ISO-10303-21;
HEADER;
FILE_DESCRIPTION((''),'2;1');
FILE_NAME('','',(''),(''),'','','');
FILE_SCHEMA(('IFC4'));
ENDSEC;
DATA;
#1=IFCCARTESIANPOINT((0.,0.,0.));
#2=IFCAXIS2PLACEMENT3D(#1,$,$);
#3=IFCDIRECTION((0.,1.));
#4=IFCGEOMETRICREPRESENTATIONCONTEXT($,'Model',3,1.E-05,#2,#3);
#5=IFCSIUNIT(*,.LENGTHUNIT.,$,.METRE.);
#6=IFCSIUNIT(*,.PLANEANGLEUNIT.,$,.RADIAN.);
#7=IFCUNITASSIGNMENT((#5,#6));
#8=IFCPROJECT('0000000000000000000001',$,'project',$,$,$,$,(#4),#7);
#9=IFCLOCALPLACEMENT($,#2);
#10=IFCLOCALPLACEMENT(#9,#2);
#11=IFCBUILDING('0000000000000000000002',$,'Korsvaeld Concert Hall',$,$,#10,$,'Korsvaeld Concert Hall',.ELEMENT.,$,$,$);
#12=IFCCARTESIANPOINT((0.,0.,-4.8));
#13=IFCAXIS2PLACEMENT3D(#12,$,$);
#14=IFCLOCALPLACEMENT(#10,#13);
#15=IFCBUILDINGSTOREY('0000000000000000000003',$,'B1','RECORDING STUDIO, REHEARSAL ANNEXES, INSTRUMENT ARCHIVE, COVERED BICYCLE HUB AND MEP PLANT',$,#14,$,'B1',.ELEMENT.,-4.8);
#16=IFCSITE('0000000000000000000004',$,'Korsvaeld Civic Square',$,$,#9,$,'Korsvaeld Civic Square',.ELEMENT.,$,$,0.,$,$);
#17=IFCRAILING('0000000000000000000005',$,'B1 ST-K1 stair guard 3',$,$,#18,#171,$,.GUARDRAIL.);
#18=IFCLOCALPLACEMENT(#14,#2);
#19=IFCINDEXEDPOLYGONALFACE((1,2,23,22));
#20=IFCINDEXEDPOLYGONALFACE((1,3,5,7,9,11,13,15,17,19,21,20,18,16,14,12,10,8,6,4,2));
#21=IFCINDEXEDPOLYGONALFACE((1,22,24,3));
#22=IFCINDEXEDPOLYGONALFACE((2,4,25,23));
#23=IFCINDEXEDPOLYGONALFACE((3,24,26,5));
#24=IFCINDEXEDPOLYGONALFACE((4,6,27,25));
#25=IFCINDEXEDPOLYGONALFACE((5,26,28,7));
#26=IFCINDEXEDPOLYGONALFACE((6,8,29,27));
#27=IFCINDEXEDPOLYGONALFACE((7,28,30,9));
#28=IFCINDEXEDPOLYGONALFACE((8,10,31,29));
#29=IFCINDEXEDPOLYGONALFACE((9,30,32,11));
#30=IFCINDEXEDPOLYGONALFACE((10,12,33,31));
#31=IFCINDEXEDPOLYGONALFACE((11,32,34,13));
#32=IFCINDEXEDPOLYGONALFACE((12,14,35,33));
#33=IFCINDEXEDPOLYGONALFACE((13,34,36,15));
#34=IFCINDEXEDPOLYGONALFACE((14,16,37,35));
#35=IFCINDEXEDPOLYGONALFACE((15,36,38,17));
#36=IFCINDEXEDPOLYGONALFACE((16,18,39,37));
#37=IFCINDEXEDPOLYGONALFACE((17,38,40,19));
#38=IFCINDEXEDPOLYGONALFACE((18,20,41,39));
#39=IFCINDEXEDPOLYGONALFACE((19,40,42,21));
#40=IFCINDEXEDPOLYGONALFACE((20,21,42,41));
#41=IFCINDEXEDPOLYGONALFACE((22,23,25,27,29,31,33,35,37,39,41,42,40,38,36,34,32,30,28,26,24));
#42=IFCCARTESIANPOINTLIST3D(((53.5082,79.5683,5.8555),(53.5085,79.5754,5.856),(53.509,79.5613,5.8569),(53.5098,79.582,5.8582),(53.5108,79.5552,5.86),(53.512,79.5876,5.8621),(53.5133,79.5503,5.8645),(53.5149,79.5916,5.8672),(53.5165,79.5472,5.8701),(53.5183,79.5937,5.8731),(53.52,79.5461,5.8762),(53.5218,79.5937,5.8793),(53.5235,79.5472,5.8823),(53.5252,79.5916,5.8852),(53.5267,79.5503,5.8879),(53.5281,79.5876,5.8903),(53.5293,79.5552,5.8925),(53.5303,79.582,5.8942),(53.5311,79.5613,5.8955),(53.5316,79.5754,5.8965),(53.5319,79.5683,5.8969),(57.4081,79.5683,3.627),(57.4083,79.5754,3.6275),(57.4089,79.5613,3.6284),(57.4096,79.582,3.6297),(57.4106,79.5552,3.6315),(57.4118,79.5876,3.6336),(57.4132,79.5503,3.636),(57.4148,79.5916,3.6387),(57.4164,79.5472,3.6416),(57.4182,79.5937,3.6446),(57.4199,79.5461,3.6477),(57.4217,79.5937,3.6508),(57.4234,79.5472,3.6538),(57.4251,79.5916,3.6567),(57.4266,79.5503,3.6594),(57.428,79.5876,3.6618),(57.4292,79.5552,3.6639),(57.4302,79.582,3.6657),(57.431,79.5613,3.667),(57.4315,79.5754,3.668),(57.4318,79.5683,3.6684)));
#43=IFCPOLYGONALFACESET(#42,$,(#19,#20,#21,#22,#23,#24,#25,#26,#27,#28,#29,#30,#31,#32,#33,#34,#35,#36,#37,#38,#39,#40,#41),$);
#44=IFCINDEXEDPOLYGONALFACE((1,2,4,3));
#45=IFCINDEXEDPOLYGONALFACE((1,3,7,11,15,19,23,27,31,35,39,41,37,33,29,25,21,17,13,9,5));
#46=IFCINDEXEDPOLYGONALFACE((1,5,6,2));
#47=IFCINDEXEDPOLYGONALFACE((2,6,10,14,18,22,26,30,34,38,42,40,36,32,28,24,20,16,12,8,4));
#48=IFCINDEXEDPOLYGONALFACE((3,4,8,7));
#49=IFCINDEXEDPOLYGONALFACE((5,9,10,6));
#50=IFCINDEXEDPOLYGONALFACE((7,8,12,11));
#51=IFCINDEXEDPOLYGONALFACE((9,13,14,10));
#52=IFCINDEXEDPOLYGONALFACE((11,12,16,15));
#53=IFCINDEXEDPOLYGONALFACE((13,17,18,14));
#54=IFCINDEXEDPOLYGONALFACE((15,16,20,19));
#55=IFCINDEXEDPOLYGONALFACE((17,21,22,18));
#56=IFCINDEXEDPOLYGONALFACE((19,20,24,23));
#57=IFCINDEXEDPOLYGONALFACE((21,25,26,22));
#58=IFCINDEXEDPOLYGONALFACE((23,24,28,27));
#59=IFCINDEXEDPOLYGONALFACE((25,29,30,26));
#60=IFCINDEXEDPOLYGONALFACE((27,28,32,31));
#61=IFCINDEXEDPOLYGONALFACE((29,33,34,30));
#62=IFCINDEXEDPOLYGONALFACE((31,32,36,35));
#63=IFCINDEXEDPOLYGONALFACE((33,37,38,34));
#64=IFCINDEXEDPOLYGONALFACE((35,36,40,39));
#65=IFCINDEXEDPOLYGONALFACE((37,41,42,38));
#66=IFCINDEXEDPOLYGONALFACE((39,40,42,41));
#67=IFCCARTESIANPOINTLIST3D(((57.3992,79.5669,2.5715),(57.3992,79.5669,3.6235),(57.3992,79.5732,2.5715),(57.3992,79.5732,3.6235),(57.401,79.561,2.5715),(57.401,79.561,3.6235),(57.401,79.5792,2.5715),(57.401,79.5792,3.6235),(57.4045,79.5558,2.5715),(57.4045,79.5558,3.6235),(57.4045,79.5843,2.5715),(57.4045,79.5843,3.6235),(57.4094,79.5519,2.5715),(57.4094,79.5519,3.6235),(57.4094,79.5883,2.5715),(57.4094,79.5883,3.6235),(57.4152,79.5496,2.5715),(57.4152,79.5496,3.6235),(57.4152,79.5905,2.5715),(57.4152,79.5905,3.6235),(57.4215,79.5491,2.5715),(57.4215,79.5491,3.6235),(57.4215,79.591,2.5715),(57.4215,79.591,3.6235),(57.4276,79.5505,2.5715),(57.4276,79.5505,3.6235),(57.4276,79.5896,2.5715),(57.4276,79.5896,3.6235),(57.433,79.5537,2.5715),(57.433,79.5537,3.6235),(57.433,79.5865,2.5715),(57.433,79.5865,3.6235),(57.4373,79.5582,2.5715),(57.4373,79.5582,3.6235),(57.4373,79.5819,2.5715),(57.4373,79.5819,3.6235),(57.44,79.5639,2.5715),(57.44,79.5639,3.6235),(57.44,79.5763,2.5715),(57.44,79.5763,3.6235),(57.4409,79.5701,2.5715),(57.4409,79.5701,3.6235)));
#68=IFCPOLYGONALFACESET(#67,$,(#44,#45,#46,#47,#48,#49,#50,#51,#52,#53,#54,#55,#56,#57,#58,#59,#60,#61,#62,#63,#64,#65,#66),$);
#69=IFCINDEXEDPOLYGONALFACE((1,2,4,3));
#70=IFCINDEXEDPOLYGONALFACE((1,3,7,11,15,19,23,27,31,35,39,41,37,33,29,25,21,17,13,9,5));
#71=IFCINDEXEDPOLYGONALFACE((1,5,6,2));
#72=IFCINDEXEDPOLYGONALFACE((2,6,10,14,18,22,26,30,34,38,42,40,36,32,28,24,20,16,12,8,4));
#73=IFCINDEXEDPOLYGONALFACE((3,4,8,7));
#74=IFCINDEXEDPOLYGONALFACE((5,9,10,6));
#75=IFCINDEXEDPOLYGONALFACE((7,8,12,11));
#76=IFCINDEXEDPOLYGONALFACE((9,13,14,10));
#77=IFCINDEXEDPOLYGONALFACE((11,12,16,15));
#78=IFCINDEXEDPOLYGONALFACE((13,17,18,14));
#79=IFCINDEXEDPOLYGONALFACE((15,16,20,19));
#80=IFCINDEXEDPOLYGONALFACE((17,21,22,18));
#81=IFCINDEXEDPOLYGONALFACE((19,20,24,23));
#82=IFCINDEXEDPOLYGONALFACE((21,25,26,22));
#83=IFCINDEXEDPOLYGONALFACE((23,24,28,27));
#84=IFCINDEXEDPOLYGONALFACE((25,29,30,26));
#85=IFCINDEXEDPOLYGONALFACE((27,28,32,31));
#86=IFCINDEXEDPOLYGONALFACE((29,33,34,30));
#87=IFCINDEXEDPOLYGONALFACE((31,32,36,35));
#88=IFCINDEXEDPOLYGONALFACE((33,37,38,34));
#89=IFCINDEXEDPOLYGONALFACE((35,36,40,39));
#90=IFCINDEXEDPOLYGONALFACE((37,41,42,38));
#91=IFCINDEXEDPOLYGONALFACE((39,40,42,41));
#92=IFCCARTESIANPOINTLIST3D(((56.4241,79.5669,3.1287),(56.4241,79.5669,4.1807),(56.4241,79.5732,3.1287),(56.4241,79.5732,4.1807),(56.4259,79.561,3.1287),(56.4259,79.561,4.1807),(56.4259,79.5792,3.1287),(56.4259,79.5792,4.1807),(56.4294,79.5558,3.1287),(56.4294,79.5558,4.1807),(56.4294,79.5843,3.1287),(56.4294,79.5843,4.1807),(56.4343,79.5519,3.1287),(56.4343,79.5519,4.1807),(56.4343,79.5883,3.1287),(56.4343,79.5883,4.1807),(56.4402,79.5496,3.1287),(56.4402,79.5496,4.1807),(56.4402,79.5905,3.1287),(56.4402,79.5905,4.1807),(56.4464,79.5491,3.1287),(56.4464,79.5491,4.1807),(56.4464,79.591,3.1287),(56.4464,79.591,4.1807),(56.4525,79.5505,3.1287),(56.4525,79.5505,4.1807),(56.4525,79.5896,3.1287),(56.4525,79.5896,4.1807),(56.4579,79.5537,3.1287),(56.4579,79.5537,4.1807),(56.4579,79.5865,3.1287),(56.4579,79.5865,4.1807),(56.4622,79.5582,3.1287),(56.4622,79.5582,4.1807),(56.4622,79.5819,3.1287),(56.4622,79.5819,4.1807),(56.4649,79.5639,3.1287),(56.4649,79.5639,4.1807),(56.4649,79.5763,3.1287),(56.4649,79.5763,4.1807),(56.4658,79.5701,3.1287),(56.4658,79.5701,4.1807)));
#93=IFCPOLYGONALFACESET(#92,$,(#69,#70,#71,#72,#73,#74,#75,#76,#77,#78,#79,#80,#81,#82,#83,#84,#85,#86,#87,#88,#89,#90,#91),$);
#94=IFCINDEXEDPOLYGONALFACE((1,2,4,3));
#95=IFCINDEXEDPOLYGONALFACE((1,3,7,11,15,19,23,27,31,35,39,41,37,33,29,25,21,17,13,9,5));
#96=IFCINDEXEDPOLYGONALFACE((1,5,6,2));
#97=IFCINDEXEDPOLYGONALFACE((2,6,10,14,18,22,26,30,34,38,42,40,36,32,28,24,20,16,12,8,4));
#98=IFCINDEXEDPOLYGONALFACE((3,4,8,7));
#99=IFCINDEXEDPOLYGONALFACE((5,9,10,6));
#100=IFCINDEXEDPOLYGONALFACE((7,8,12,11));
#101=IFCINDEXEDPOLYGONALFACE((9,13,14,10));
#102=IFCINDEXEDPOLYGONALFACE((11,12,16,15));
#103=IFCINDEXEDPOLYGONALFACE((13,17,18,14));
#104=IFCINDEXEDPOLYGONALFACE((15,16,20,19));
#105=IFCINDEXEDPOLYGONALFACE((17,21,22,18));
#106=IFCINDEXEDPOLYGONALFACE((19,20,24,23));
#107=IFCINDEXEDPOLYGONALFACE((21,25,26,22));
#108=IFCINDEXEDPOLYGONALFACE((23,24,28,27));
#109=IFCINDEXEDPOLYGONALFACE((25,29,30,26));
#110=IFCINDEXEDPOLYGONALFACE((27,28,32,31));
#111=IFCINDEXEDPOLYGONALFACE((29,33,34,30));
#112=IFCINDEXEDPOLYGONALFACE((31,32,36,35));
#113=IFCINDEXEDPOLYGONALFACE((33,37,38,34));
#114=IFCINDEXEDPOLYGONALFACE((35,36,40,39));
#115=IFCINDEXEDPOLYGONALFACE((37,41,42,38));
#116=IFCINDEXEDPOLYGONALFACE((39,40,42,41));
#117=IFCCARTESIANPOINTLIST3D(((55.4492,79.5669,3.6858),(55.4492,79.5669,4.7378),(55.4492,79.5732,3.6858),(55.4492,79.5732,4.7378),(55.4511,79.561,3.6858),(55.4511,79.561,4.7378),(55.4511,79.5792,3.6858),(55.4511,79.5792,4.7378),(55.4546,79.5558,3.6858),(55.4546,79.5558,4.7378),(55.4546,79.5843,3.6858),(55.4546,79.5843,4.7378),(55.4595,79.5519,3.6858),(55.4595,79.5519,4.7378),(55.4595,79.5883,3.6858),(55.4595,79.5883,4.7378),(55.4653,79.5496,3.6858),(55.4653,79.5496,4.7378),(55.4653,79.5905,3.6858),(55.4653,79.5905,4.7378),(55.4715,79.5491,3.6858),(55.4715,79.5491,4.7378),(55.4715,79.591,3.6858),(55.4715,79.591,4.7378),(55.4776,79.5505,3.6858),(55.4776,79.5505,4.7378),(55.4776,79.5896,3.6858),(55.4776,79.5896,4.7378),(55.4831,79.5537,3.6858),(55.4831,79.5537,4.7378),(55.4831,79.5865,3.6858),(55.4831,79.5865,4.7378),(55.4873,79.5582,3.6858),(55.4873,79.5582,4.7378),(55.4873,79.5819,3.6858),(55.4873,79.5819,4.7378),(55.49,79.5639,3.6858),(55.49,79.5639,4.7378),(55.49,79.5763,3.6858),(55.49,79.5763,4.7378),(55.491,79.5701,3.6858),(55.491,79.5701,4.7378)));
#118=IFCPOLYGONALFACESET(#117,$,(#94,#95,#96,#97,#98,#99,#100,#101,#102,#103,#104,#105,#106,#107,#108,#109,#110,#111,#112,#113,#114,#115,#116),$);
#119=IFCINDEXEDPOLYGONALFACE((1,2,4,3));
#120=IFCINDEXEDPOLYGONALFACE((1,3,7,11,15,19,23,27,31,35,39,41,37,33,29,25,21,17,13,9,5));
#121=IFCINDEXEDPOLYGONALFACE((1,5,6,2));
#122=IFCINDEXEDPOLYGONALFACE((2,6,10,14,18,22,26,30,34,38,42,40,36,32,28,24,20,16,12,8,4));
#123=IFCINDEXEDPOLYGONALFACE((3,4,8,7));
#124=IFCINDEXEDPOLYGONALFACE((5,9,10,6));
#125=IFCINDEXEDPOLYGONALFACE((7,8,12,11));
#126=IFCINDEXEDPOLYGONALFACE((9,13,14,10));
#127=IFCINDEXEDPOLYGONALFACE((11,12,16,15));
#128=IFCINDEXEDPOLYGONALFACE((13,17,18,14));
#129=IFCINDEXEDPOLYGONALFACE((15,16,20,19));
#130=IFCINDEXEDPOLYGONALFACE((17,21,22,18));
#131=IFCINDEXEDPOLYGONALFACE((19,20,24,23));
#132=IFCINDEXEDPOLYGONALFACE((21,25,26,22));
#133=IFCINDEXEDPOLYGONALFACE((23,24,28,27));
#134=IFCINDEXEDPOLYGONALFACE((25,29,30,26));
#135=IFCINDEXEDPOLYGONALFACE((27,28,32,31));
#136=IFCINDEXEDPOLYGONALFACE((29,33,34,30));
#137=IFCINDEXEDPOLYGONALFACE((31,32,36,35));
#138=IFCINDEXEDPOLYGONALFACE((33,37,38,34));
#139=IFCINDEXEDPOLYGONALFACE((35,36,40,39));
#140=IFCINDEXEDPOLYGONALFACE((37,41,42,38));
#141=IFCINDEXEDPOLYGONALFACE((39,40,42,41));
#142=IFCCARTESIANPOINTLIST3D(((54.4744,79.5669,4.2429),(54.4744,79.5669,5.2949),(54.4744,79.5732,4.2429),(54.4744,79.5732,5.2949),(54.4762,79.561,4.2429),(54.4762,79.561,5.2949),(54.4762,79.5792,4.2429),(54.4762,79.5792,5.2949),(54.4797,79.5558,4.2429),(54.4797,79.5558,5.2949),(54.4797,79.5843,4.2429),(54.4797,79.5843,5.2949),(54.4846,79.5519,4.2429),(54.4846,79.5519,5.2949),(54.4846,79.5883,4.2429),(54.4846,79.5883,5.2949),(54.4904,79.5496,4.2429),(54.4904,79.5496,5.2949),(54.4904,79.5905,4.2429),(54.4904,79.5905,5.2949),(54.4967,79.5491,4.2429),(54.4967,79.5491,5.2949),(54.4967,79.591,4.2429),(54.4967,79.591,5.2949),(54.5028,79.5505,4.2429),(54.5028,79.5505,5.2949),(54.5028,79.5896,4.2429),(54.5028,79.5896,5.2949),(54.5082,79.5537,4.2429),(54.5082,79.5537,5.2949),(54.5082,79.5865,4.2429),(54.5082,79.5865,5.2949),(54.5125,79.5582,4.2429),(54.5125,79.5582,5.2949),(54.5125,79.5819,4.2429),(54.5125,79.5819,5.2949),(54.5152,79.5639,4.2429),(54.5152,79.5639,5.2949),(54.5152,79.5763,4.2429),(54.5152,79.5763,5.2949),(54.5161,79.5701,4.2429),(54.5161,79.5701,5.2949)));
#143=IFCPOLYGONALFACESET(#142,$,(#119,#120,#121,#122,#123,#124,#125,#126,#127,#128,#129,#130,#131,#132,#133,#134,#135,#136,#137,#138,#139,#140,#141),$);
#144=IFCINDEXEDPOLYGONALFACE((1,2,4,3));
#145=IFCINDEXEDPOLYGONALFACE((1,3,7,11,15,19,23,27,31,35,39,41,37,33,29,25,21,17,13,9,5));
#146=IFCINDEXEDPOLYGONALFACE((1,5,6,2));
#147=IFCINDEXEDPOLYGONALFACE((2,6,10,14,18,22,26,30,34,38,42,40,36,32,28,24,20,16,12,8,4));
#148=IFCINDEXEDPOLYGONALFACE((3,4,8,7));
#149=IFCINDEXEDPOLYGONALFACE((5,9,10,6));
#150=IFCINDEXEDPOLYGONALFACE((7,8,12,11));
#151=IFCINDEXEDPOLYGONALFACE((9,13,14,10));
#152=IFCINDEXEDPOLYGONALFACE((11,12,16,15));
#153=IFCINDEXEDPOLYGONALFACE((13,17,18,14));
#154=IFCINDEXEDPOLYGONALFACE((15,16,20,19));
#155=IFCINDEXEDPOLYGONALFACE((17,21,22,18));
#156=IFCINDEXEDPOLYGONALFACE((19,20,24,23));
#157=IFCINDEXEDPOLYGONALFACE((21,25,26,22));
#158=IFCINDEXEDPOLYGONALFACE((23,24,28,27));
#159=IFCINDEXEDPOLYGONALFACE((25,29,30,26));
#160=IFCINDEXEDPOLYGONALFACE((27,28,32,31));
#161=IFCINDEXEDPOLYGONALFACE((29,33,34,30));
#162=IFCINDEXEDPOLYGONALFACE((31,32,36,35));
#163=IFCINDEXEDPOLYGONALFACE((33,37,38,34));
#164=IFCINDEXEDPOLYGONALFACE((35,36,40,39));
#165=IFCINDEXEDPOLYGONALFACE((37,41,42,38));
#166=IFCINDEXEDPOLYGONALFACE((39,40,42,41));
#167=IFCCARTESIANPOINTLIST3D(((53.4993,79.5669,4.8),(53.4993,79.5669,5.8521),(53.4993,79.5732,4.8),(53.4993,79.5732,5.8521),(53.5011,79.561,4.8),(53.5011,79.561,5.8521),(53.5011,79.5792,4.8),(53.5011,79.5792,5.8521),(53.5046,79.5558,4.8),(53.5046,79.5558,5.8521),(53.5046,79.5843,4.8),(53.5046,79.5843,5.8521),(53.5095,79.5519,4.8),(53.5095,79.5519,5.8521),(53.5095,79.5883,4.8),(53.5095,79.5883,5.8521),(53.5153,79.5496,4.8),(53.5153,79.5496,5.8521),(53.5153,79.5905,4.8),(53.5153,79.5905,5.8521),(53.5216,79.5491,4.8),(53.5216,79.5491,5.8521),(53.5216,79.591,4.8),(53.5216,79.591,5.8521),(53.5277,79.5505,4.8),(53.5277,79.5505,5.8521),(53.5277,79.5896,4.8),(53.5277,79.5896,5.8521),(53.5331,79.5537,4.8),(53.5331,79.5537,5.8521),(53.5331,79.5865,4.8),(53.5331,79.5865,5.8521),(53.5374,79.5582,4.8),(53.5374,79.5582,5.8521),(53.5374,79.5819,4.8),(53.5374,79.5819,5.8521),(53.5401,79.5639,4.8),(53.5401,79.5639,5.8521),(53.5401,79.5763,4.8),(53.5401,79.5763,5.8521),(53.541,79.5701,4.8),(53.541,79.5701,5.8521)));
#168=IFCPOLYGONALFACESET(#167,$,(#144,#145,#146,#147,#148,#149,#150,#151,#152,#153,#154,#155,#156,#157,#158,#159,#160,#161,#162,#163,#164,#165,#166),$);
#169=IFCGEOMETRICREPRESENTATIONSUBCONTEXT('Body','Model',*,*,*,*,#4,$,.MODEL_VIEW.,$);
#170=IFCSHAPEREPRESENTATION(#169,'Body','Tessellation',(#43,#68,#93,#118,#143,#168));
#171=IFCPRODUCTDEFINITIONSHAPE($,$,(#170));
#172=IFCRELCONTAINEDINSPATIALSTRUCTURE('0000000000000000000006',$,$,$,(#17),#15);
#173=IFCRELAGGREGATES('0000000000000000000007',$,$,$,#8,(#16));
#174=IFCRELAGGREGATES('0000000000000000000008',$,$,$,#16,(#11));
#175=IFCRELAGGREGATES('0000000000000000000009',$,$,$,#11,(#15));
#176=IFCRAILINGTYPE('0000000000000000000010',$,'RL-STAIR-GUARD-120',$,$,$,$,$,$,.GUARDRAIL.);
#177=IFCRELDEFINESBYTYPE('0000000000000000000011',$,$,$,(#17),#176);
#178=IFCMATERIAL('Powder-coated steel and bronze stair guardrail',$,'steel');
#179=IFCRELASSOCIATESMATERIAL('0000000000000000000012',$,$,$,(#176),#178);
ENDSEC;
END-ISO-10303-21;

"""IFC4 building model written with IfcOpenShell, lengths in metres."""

from ifc_helpers import new_model, si_unit, direction, frame, origin, origin_2d, place, context, subcontext, project, spatial, circle, extrude, material, type_object, element, save


model = new_model("IFC4")

# Units and contexts
model_context = context("Model", 3, precision=1e-05, world=origin(), true_north=direction((0.0, 1.0)))
body_context = subcontext(model_context, "Body", "Model", "MODEL_VIEW")
ifc_project = project(units=[si_unit("LENGTHUNIT", "METRE"), si_unit("PLANEANGLEUNIT", "RADIAN")], contexts=[model_context])

# Site, building, storey
site_placement = place(None, origin())
site = spatial("IfcSite", under=ifc_project, at=site_placement, Name="Korsvaeld Civic Square", LongName="Korsvaeld Civic Square", CompositionType="ELEMENT", RefElevation=0.0)
building_placement = place(site_placement, origin())
building = spatial("IfcBuilding", under=site, at=building_placement, Name="Korsvaeld Concert Hall", LongName="Korsvaeld Concert Hall", CompositionType="ELEMENT")
storey_placement = place(building_placement, frame((0.0, 0.0, -4.8)))
storey = spatial("IfcBuildingStorey", under=building, at=storey_placement, Name="B1", Description="RECORDING STUDIO, REHEARSAL ANNEXES, INSTRUMENT ARCHIVE, COVERED BICYCLE HUB AND MEP PLANT", LongName="B1", CompositionType="ELEMENT", Elevation=-4.8)

# Railing
ifc_material_1 = material(Name="Powder-coated steel and bronze stair guardrail", Category="steel")
railing_type_1 = type_object("IfcRailingType", Name="RL-STAIR-GUARD-120", PredefinedType="GUARDRAIL", material=ifc_material_1)
railing_1_placement = place(storey_placement, frame((57.4199, 79.5701, 2.5715)))
element("IfcRailing", 1, at=railing_1_placement, inside=storey, type_object=railing_type_1, Name="B1 ST-K1 stair guard 3", PredefinedType="GUARDRAIL", context=body_context, shape_type="SweptSolid", body=[
    extrude(circle(Radius=0.0239, at=origin_2d()), frame((0.0, 0.0, 1.0762), z_axis=(-0.868243, 0.0, 0.496139), x_axis=(0.0, -1.0, 0.0)), (0.0, 0.0, 1.0), 4.4917),
    extrude(circle(Radius=0.021, at=origin_2d()), origin(), (0.0, 0.0, 1.0), 1.052),
    extrude(circle(Radius=0.021, at=origin_2d()), frame((-0.9751, 0.0, 0.5571)), (0.0, 0.0, 1.0), 1.052),
    extrude(circle(Radius=0.021, at=origin_2d()), frame((-1.95, 0.0, 1.1143)), (0.0, 0.0, 1.0), 1.052),
    extrude(circle(Radius=0.021, at=origin_2d()), frame((-2.9248, 0.0, 1.6714)), (0.0, 0.0, 1.0), 1.052),
    extrude(circle(Radius=0.021, at=origin_2d()), frame((-3.8999, 0.0, 2.2285)), (0.0, 0.0, 1.0), 1.052),
])

save(model, "model.ifc")
